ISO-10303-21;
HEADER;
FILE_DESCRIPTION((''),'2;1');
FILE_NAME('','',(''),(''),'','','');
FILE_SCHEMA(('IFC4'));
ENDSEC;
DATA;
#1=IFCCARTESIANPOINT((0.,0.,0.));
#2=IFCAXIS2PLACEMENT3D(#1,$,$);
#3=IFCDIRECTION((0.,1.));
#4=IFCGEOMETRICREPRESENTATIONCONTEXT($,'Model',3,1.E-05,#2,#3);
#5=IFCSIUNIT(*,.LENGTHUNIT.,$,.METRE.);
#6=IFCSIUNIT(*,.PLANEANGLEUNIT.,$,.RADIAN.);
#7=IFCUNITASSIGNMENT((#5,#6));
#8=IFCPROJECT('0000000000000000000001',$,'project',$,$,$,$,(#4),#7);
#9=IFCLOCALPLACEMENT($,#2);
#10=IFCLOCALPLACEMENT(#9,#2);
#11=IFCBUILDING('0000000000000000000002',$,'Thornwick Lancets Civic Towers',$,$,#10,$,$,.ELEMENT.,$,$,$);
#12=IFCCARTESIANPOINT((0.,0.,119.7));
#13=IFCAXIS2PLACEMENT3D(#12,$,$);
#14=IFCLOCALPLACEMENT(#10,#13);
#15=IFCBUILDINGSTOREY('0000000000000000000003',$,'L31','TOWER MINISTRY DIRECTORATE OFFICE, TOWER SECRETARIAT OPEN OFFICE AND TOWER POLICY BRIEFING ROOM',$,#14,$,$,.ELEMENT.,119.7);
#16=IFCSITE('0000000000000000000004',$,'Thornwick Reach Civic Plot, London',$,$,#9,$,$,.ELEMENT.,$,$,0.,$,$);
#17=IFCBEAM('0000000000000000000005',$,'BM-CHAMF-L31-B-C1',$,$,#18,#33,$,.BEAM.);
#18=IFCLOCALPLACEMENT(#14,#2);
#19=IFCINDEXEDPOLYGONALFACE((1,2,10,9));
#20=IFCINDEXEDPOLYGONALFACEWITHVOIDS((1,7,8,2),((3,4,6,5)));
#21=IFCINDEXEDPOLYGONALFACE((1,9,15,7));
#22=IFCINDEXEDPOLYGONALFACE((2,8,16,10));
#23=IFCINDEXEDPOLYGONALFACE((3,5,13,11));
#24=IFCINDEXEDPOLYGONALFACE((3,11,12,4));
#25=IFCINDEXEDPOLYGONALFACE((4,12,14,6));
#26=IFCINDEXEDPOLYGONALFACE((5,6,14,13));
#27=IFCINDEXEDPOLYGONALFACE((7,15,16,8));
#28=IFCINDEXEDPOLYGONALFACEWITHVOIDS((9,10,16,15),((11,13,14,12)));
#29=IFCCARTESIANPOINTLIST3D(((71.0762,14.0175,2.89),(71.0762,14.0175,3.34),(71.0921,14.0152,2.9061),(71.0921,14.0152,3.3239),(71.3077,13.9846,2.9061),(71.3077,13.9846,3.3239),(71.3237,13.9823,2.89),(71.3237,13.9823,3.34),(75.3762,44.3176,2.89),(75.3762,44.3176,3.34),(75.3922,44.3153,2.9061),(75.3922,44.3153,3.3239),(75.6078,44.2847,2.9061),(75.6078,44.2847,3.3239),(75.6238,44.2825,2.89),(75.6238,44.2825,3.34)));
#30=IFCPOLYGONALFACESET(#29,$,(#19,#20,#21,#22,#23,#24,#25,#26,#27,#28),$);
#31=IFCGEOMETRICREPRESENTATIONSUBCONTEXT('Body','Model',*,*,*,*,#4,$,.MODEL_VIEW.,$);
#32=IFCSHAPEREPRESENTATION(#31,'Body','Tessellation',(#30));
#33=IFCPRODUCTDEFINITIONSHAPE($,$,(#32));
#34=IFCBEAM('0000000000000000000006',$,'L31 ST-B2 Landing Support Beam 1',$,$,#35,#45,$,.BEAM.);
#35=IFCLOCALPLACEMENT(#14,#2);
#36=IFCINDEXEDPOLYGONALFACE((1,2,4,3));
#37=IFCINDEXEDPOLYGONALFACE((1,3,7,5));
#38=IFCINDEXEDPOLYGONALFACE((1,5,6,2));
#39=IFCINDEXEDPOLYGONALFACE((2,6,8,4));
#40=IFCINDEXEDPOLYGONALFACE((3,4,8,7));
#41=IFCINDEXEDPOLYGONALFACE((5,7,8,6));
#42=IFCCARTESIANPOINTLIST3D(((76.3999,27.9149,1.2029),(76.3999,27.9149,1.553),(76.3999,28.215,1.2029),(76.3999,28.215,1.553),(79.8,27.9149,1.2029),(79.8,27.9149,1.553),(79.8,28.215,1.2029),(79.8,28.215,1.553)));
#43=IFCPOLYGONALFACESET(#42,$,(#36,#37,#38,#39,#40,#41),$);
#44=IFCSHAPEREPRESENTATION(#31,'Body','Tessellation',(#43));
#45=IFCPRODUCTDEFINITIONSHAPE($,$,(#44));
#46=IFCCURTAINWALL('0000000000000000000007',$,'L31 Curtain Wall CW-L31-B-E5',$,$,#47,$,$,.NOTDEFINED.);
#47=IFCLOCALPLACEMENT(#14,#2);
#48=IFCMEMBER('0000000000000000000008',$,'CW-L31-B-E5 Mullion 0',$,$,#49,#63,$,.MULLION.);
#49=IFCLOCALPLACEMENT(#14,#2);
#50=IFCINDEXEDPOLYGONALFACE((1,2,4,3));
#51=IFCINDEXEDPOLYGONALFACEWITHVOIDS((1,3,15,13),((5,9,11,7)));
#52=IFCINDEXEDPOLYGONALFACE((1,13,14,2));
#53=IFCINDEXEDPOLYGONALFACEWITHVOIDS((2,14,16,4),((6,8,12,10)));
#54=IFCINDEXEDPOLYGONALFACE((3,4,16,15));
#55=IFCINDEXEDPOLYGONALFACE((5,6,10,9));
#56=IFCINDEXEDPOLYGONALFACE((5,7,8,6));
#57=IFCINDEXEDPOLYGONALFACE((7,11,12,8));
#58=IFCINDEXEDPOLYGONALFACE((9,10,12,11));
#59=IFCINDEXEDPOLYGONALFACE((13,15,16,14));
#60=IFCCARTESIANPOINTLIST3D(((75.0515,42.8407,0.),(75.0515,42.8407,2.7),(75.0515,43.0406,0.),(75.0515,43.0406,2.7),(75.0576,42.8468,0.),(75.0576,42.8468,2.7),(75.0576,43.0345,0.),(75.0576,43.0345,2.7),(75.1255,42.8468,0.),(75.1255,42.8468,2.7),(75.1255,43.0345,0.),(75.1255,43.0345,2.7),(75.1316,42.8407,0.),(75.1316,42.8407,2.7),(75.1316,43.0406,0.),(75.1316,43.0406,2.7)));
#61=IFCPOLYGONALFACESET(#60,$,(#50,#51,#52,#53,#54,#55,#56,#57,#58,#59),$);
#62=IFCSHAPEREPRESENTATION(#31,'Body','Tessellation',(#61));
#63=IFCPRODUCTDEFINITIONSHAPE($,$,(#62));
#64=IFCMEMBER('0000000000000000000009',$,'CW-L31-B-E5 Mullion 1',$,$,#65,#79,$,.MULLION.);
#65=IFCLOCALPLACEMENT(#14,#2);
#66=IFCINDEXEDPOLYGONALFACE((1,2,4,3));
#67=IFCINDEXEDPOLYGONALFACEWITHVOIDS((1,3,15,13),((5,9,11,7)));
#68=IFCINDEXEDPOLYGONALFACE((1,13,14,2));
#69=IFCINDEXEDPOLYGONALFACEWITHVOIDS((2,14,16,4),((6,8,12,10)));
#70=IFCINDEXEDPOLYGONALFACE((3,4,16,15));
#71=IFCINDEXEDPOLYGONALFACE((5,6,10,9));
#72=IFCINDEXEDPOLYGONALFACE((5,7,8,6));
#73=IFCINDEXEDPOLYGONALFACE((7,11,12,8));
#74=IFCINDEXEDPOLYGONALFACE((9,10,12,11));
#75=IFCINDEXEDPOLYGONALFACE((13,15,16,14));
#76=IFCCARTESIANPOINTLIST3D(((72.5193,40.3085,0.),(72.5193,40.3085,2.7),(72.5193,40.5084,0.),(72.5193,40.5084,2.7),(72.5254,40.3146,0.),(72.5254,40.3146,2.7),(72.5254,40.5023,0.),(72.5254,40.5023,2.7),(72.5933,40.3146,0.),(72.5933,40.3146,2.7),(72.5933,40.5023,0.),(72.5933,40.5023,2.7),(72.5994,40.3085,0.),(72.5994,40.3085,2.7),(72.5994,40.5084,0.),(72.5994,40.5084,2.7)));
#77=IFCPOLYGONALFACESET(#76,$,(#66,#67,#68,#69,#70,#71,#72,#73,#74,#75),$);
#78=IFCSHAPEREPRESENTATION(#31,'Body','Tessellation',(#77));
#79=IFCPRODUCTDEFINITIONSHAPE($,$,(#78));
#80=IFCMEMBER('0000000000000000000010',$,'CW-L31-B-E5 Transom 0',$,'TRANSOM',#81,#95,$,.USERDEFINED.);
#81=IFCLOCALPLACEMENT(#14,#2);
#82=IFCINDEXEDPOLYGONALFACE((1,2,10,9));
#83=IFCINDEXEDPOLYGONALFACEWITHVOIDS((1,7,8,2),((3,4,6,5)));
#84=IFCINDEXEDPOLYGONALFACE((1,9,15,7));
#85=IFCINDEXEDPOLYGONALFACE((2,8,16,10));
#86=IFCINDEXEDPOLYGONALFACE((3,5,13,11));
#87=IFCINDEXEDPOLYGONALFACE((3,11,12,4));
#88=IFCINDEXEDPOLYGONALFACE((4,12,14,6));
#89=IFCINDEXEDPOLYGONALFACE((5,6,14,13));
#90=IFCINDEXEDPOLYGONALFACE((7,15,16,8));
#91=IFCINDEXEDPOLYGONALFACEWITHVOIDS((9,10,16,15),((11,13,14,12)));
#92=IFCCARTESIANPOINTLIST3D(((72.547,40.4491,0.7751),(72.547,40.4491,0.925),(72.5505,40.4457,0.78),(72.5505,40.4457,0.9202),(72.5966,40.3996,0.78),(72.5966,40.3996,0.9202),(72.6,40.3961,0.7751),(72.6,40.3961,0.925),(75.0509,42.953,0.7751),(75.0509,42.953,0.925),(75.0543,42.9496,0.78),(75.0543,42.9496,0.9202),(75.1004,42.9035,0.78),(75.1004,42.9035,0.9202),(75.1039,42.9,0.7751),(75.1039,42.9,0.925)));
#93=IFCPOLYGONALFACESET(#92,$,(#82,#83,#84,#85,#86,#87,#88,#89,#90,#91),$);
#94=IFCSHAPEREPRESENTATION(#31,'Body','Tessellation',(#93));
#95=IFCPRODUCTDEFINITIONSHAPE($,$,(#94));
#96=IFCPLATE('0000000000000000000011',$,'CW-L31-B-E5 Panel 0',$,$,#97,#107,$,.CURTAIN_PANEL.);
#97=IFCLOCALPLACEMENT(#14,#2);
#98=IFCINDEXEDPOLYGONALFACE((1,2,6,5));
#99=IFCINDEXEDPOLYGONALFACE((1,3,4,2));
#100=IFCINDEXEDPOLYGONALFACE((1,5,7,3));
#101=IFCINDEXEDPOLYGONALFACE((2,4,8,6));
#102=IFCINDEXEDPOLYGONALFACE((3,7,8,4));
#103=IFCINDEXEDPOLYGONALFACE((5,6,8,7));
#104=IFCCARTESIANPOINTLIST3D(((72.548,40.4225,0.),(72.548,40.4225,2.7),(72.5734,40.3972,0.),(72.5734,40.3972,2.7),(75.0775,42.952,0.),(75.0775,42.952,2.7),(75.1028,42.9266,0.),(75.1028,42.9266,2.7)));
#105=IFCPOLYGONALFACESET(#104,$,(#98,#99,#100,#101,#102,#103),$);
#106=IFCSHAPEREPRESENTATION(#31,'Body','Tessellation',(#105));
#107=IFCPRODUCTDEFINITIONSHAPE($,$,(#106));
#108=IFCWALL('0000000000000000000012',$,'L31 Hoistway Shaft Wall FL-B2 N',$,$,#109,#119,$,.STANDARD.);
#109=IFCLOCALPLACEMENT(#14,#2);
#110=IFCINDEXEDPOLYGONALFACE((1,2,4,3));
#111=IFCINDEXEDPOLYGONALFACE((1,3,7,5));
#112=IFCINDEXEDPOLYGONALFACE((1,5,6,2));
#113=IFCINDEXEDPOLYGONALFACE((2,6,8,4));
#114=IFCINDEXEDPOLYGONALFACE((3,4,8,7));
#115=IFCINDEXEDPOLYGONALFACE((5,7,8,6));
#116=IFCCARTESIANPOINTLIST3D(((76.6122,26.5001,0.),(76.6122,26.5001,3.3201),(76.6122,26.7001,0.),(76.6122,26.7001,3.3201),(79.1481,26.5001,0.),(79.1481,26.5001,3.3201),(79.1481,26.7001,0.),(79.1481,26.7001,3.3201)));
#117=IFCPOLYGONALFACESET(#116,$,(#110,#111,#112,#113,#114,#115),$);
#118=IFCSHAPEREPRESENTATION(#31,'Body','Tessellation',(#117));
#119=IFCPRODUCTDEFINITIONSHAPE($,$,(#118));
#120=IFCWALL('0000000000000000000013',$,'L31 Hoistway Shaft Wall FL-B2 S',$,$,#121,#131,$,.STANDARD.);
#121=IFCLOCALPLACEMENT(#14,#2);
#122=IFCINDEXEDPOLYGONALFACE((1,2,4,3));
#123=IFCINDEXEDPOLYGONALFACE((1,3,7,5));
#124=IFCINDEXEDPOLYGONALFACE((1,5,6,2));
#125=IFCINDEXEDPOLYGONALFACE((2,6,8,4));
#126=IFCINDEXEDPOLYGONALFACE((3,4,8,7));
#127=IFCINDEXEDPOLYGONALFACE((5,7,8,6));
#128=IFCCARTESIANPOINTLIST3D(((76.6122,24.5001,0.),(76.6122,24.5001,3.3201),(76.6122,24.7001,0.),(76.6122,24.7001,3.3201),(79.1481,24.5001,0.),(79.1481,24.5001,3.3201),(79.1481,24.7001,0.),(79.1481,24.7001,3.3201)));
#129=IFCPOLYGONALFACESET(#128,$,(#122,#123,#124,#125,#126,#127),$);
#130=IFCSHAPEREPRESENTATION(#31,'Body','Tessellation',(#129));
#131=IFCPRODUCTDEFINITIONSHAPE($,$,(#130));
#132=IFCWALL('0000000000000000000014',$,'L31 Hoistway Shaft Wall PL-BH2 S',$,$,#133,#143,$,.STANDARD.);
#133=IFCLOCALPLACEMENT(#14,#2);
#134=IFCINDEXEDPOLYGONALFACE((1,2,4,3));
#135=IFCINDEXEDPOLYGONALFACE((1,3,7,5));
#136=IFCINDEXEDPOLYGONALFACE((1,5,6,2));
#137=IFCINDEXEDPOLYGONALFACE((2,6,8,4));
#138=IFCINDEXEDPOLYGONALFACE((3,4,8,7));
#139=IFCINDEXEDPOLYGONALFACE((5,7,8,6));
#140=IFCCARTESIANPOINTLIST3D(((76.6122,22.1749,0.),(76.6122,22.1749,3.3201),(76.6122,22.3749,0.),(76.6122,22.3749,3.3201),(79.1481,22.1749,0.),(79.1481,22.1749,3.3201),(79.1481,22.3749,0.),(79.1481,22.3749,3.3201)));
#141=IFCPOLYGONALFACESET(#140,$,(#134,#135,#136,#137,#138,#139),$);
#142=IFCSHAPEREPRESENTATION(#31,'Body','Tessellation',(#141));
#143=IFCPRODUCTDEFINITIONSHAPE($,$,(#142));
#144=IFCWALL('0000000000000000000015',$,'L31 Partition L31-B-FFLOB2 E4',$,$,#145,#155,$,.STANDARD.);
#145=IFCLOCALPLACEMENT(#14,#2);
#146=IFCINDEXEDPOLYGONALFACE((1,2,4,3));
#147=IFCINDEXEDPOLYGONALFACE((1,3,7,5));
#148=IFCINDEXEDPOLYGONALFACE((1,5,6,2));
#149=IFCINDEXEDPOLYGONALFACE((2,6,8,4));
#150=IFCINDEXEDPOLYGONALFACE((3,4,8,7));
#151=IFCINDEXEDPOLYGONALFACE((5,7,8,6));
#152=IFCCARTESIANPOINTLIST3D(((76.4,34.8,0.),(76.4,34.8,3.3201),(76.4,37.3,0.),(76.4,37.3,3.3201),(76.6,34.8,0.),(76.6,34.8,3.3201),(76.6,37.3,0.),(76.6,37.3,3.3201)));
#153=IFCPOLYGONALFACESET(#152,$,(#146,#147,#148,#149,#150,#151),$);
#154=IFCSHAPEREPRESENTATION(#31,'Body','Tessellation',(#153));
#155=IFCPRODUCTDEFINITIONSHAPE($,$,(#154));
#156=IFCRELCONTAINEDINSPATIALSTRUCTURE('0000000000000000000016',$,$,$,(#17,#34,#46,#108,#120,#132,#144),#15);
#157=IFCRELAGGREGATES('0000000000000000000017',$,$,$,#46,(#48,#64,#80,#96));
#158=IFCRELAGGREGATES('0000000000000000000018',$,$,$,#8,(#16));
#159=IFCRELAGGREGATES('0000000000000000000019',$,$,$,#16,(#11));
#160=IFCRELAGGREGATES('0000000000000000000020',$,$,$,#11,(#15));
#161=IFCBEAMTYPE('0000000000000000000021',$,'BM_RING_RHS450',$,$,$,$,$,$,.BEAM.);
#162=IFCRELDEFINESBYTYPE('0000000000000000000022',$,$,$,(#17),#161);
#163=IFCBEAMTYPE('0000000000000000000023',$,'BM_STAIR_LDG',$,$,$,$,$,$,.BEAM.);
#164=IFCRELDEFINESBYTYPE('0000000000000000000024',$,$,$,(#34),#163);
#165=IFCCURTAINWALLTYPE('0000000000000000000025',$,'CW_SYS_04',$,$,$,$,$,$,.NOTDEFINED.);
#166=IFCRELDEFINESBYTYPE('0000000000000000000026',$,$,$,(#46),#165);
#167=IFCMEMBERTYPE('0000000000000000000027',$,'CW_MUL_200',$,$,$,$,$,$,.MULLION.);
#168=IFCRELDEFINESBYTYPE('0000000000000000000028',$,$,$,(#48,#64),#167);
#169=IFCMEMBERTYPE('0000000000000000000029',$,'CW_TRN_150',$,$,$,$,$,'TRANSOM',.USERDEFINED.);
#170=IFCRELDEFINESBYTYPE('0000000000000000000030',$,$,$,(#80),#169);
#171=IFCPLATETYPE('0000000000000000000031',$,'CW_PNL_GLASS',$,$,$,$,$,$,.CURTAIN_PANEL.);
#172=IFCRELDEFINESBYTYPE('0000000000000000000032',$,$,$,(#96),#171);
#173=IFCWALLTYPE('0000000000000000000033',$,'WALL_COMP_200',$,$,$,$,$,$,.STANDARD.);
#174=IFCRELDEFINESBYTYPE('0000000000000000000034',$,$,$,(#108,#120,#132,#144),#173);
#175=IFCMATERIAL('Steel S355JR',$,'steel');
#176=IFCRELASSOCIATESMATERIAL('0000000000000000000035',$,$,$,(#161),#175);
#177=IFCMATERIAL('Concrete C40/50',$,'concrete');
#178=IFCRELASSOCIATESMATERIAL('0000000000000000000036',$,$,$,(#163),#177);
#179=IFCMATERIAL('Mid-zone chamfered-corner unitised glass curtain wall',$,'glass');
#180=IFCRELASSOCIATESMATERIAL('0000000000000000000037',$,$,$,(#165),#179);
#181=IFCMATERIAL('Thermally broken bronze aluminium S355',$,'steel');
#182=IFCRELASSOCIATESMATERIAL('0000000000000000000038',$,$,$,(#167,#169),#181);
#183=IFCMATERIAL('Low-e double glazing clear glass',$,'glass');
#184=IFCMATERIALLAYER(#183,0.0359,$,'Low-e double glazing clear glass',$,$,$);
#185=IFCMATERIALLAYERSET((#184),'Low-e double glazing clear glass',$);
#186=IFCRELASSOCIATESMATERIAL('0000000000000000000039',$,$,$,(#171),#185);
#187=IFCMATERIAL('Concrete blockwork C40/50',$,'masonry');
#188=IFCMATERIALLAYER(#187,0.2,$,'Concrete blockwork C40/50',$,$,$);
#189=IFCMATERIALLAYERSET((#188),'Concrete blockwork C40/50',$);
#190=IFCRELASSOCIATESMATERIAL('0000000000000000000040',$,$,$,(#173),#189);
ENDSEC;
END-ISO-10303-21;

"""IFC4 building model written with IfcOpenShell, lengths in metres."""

from ifc_helpers import new_model, si_unit, direction, frame, frame_2d, origin, origin_2d, place, context, subcontext, project, spatial, rectangle, hollow_rectangle, extrude, material, layer, layer_set, material_profile, profile_set, type_object, element, aggregate, save


model = new_model("IFC4")

# Units and contexts
model_context = context("Model", 3, precision=1e-05, world=origin(), true_north=direction((0.0, 1.0)))
body_context = subcontext(model_context, "Body", "Model", "MODEL_VIEW")
ifc_project = project(units=[si_unit("LENGTHUNIT", "METRE"), si_unit("PLANEANGLEUNIT", "RADIAN")], contexts=[model_context])

# Site, building, storey
site_placement = place(None, origin())
site = spatial("IfcSite", under=ifc_project, at=site_placement, Name="Thornwick Reach Civic Plot, London", CompositionType="ELEMENT", RefElevation=0.0)
building_placement = place(site_placement, origin())
building = spatial("IfcBuilding", under=site, at=building_placement, Name="Thornwick Lancets Civic Towers", CompositionType="ELEMENT")
storey_placement = place(building_placement, frame((0.0, 0.0, 119.7)))
storey = spatial("IfcBuildingStorey", under=building, at=storey_placement, Name="L31", Description="TOWER MINISTRY DIRECTORATE OFFICE, TOWER SECRETARIAT OPEN OFFICE AND TOWER POLICY BRIEFING ROOM", CompositionType="ELEMENT", Elevation=119.7)

# Beams
ifc_material_1 = material(Name="Steel S355JR", Category="steel")
ifc_material_profile_1 = material_profile(ifc_material_1, hollow_rectangle(XDim=0.25, YDim=0.45, WallThickness=0.0161, at=origin_2d()), Name="RHS 450x250x16")
ifc_profile_set_1 = profile_set([ifc_material_profile_1], Name="Steel S355JR")
beam_type_1 = type_object("IfcBeamType", Name="BM_RING_RHS450", PredefinedType="BEAM", material=ifc_profile_set_1)
for number, where, z_axis, x_axis, name in (
    (1, (75.5, 44.3, 3.115), (-0.140508, -0.99008, 0.0), (0.99008, -0.140508, 0.0), "BM-CHAMF-L31-B-C1"),
):
    element("IfcBeam", number, at=place(storey_placement, frame(where, z_axis=z_axis, x_axis=x_axis)), inside=storey, type_object=beam_type_1, Name=name, PredefinedType="BEAM", context=body_context, shape_type="SweptSolid", body=[
        extrude(hollow_rectangle(XDim=0.25, YDim=0.45, WallThickness=0.0161, at=origin_2d()), origin(), (0.0, 0.0, 1.0), 30.6038),
    ])
ifc_material_2 = material(Name="Concrete C40/50", Category="concrete")
ifc_material_profile_2 = material_profile(ifc_material_2, rectangle(XDim=0.3, YDim=0.3501, at=origin_2d()), Name="RC 300x350")
ifc_profile_set_2 = profile_set([ifc_material_profile_2], Name="Concrete C40/50")
beam_type_2 = type_object("IfcBeamType", Name="BM_STAIR_LDG", PredefinedType="BEAM", material=ifc_profile_set_2)
beam_1_placement = place(storey_placement, frame((76.3999, 28.0649, 1.3779), z_axis=(1.0, 0.0, 0.0), x_axis=(0.0, 1.0, 0.0)))
element("IfcBeam", 2, at=beam_1_placement, inside=storey, type_object=beam_type_2, Name="L31 ST-B2 Landing Support Beam 1", PredefinedType="BEAM", context=body_context, shape_type="SweptSolid", body=[
    extrude(rectangle(XDim=0.3, YDim=0.3501, at=origin_2d()), origin(), (0.0, 0.0, 1.0), 3.4001),
])

# Curtain wall, members, plate
ifc_material_3 = material(Name="Mid-zone chamfered-corner unitised glass curtain wall", Category="glass")
curtain_wall_type = type_object("IfcCurtainWallType", Name="CW_SYS_04", PredefinedType="NOTDEFINED", material=ifc_material_3)
curtain_wall_placement = place(storey_placement, origin())
curtain_wall = element("IfcCurtainWall", 3, at=curtain_wall_placement, inside=storey, type_object=curtain_wall_type, Name="L31 Curtain Wall CW-L31-B-E5", PredefinedType="NOTDEFINED")
ifc_material_4 = material(Name="Thermally broken bronze aluminium S355", Category="steel")
ifc_material_profile_3 = material_profile(ifc_material_4, hollow_rectangle(XDim=0.0801, YDim=0.2, WallThickness=0.0061, at=origin_2d()), Name="RHS 200x80x6")
ifc_profile_set_3 = profile_set([ifc_material_profile_3], Name="Thermally broken bronze aluminium S355")
member_type_1 = type_object("IfcMemberType", Name="CW_MUL_200", PredefinedType="MULLION", material=ifc_profile_set_3)
member_1_placement = place(storey_placement, frame((75.0916, 42.9407, 0.0), z_axis=(0.0, 0.0, 1.0), x_axis=(1.0, 0.0, 0.0)))
member_1 = element("IfcMember", 4, at=member_1_placement, type_object=member_type_1, Name="CW-L31-B-E5 Mullion 0", PredefinedType="MULLION", context=body_context, shape_type="SweptSolid", body=[
    extrude(hollow_rectangle(XDim=0.0801, YDim=0.2, WallThickness=0.0061, at=origin_2d()), origin(), (0.0, 0.0, 1.0), 2.7),
])
member_2_placement = place(storey_placement, frame((72.5593, 40.4084, 0.0), z_axis=(0.0, 0.0, 1.0), x_axis=(1.0, 0.0, 0.0)))
member_2 = element("IfcMember", 5, at=member_2_placement, type_object=member_type_1, Name="CW-L31-B-E5 Mullion 1", PredefinedType="MULLION", context=body_context, shape_type="SweptSolid", body=[
    extrude(hollow_rectangle(XDim=0.0801, YDim=0.2, WallThickness=0.0061, at=origin_2d()), origin(), (0.0, 0.0, 1.0), 2.7),
])
ifc_material_profile_4 = material_profile(ifc_material_4, hollow_rectangle(XDim=0.075, YDim=0.1499, WallThickness=0.0049, at=origin_2d()), Name="RHS 150x75x5")
ifc_profile_set_4 = profile_set([ifc_material_profile_4], Name="Thermally broken bronze aluminium S355")
member_type_2 = type_object("IfcMemberType", Name="CW_TRN_150", ElementType="TRANSOM", PredefinedType="USERDEFINED", material=ifc_profile_set_4)
member_3_placement = place(storey_placement, frame((75.0774, 42.9265, 0.8501), z_axis=(-0.707107, -0.707107, 0.0), x_axis=(0.707107, -0.707107, 0.0)))
member_3 = element("IfcMember", 6, at=member_3_placement, type_object=member_type_2, Name="CW-L31-B-E5 Transom 0", ObjectType="TRANSOM", PredefinedType="USERDEFINED", context=body_context, shape_type="SweptSolid", body=[
    extrude(hollow_rectangle(XDim=0.075, YDim=0.1499, WallThickness=0.0049, at=origin_2d()), origin(), (0.0, 0.0, 1.0), 3.541),
])
ifc_material_5 = material(Name="Low-e double glazing clear glass", Category="glass")
ifc_layer_1 = layer(ifc_material_5, 0.0359, Name="Low-e double glazing clear glass")
ifc_layer_set_1 = layer_set([ifc_layer_1], Name="Low-e double glazing clear glass")
plate_type = type_object("IfcPlateType", Name="CW_PNL_GLASS", PredefinedType="CURTAIN_PANEL", material=ifc_layer_set_1)
plate_placement = place(storey_placement, frame((73.8254, 41.6746, 0.0), z_axis=(0.0, 0.0, 1.0), x_axis=(-0.707107, -0.707107, 0.0)))
plate = element("IfcPlate", 7, at=plate_placement, type_object=plate_type, Name="CW-L31-B-E5 Panel 0", PredefinedType="CURTAIN_PANEL", context=body_context, shape_type="SweptSolid", body=[
    extrude(rectangle(XDim=3.5771, YDim=0.0359, at=origin_2d()), origin(), (0.0, 0.0, 1.0), 2.7),
])
aggregate(curtain_wall, [member_1, member_2, member_3, plate])

# Walls
ifc_material_6 = material(Name="Concrete blockwork C40/50", Category="masonry")
ifc_layer_2 = layer(ifc_material_6, 0.2, Name="Concrete blockwork C40/50")
ifc_layer_set_2 = layer_set([ifc_layer_2], Name="Concrete blockwork C40/50")
wall_type_1 = type_object("IfcWallType", Name="WALL_COMP_200", PredefinedType="STANDARD", material=ifc_layer_set_2)
for number, where, z_axis, x_axis, name in (
    (8, (76.6121, 26.6001, 0.0), (0.0, 0.0, 1.0), (1.0, 0.0, 0.0), "L31 Hoistway Shaft Wall FL-B2 N"),
    (9, (76.6121, 24.6001, 0.0), (0.0, 0.0, 1.0), (1.0, 0.0, 0.0), "L31 Hoistway Shaft Wall FL-B2 S"),
    (10, (76.6121, 22.2749, 0.0), (0.0, 0.0, 1.0), (1.0, 0.0, 0.0), "L31 Hoistway Shaft Wall PL-BH2 S"),
):
    element("IfcWall", number, at=place(storey_placement, frame(where, z_axis=z_axis, x_axis=x_axis)), inside=storey, type_object=wall_type_1, Name=name, PredefinedType="STANDARD", context=body_context, shape_type="SweptSolid", body=[
        extrude(rectangle(XDim=2.5359, YDim=0.2, at=frame_2d((1.2681, 0.0))), origin(), (0.0, 0.0, 1.0), 3.3201),
    ])
wall_1_placement = place(storey_placement, frame((76.5, 37.3, 0.0), z_axis=(0.0, 0.0, 1.0), x_axis=(0.0, -1.0, 0.0)))
element("IfcWall", 11, at=wall_1_placement, inside=storey, type_object=wall_type_1, Name="L31 Partition L31-B-FFLOB2 E4", PredefinedType="STANDARD", context=body_context, shape_type="SweptSolid", body=[
    extrude(rectangle(XDim=2.5, YDim=0.2, at=frame_2d((1.25, 0.0))), origin(), (0.0, 0.0, 1.0), 3.3201),
])

save(model, "model.ifc")
